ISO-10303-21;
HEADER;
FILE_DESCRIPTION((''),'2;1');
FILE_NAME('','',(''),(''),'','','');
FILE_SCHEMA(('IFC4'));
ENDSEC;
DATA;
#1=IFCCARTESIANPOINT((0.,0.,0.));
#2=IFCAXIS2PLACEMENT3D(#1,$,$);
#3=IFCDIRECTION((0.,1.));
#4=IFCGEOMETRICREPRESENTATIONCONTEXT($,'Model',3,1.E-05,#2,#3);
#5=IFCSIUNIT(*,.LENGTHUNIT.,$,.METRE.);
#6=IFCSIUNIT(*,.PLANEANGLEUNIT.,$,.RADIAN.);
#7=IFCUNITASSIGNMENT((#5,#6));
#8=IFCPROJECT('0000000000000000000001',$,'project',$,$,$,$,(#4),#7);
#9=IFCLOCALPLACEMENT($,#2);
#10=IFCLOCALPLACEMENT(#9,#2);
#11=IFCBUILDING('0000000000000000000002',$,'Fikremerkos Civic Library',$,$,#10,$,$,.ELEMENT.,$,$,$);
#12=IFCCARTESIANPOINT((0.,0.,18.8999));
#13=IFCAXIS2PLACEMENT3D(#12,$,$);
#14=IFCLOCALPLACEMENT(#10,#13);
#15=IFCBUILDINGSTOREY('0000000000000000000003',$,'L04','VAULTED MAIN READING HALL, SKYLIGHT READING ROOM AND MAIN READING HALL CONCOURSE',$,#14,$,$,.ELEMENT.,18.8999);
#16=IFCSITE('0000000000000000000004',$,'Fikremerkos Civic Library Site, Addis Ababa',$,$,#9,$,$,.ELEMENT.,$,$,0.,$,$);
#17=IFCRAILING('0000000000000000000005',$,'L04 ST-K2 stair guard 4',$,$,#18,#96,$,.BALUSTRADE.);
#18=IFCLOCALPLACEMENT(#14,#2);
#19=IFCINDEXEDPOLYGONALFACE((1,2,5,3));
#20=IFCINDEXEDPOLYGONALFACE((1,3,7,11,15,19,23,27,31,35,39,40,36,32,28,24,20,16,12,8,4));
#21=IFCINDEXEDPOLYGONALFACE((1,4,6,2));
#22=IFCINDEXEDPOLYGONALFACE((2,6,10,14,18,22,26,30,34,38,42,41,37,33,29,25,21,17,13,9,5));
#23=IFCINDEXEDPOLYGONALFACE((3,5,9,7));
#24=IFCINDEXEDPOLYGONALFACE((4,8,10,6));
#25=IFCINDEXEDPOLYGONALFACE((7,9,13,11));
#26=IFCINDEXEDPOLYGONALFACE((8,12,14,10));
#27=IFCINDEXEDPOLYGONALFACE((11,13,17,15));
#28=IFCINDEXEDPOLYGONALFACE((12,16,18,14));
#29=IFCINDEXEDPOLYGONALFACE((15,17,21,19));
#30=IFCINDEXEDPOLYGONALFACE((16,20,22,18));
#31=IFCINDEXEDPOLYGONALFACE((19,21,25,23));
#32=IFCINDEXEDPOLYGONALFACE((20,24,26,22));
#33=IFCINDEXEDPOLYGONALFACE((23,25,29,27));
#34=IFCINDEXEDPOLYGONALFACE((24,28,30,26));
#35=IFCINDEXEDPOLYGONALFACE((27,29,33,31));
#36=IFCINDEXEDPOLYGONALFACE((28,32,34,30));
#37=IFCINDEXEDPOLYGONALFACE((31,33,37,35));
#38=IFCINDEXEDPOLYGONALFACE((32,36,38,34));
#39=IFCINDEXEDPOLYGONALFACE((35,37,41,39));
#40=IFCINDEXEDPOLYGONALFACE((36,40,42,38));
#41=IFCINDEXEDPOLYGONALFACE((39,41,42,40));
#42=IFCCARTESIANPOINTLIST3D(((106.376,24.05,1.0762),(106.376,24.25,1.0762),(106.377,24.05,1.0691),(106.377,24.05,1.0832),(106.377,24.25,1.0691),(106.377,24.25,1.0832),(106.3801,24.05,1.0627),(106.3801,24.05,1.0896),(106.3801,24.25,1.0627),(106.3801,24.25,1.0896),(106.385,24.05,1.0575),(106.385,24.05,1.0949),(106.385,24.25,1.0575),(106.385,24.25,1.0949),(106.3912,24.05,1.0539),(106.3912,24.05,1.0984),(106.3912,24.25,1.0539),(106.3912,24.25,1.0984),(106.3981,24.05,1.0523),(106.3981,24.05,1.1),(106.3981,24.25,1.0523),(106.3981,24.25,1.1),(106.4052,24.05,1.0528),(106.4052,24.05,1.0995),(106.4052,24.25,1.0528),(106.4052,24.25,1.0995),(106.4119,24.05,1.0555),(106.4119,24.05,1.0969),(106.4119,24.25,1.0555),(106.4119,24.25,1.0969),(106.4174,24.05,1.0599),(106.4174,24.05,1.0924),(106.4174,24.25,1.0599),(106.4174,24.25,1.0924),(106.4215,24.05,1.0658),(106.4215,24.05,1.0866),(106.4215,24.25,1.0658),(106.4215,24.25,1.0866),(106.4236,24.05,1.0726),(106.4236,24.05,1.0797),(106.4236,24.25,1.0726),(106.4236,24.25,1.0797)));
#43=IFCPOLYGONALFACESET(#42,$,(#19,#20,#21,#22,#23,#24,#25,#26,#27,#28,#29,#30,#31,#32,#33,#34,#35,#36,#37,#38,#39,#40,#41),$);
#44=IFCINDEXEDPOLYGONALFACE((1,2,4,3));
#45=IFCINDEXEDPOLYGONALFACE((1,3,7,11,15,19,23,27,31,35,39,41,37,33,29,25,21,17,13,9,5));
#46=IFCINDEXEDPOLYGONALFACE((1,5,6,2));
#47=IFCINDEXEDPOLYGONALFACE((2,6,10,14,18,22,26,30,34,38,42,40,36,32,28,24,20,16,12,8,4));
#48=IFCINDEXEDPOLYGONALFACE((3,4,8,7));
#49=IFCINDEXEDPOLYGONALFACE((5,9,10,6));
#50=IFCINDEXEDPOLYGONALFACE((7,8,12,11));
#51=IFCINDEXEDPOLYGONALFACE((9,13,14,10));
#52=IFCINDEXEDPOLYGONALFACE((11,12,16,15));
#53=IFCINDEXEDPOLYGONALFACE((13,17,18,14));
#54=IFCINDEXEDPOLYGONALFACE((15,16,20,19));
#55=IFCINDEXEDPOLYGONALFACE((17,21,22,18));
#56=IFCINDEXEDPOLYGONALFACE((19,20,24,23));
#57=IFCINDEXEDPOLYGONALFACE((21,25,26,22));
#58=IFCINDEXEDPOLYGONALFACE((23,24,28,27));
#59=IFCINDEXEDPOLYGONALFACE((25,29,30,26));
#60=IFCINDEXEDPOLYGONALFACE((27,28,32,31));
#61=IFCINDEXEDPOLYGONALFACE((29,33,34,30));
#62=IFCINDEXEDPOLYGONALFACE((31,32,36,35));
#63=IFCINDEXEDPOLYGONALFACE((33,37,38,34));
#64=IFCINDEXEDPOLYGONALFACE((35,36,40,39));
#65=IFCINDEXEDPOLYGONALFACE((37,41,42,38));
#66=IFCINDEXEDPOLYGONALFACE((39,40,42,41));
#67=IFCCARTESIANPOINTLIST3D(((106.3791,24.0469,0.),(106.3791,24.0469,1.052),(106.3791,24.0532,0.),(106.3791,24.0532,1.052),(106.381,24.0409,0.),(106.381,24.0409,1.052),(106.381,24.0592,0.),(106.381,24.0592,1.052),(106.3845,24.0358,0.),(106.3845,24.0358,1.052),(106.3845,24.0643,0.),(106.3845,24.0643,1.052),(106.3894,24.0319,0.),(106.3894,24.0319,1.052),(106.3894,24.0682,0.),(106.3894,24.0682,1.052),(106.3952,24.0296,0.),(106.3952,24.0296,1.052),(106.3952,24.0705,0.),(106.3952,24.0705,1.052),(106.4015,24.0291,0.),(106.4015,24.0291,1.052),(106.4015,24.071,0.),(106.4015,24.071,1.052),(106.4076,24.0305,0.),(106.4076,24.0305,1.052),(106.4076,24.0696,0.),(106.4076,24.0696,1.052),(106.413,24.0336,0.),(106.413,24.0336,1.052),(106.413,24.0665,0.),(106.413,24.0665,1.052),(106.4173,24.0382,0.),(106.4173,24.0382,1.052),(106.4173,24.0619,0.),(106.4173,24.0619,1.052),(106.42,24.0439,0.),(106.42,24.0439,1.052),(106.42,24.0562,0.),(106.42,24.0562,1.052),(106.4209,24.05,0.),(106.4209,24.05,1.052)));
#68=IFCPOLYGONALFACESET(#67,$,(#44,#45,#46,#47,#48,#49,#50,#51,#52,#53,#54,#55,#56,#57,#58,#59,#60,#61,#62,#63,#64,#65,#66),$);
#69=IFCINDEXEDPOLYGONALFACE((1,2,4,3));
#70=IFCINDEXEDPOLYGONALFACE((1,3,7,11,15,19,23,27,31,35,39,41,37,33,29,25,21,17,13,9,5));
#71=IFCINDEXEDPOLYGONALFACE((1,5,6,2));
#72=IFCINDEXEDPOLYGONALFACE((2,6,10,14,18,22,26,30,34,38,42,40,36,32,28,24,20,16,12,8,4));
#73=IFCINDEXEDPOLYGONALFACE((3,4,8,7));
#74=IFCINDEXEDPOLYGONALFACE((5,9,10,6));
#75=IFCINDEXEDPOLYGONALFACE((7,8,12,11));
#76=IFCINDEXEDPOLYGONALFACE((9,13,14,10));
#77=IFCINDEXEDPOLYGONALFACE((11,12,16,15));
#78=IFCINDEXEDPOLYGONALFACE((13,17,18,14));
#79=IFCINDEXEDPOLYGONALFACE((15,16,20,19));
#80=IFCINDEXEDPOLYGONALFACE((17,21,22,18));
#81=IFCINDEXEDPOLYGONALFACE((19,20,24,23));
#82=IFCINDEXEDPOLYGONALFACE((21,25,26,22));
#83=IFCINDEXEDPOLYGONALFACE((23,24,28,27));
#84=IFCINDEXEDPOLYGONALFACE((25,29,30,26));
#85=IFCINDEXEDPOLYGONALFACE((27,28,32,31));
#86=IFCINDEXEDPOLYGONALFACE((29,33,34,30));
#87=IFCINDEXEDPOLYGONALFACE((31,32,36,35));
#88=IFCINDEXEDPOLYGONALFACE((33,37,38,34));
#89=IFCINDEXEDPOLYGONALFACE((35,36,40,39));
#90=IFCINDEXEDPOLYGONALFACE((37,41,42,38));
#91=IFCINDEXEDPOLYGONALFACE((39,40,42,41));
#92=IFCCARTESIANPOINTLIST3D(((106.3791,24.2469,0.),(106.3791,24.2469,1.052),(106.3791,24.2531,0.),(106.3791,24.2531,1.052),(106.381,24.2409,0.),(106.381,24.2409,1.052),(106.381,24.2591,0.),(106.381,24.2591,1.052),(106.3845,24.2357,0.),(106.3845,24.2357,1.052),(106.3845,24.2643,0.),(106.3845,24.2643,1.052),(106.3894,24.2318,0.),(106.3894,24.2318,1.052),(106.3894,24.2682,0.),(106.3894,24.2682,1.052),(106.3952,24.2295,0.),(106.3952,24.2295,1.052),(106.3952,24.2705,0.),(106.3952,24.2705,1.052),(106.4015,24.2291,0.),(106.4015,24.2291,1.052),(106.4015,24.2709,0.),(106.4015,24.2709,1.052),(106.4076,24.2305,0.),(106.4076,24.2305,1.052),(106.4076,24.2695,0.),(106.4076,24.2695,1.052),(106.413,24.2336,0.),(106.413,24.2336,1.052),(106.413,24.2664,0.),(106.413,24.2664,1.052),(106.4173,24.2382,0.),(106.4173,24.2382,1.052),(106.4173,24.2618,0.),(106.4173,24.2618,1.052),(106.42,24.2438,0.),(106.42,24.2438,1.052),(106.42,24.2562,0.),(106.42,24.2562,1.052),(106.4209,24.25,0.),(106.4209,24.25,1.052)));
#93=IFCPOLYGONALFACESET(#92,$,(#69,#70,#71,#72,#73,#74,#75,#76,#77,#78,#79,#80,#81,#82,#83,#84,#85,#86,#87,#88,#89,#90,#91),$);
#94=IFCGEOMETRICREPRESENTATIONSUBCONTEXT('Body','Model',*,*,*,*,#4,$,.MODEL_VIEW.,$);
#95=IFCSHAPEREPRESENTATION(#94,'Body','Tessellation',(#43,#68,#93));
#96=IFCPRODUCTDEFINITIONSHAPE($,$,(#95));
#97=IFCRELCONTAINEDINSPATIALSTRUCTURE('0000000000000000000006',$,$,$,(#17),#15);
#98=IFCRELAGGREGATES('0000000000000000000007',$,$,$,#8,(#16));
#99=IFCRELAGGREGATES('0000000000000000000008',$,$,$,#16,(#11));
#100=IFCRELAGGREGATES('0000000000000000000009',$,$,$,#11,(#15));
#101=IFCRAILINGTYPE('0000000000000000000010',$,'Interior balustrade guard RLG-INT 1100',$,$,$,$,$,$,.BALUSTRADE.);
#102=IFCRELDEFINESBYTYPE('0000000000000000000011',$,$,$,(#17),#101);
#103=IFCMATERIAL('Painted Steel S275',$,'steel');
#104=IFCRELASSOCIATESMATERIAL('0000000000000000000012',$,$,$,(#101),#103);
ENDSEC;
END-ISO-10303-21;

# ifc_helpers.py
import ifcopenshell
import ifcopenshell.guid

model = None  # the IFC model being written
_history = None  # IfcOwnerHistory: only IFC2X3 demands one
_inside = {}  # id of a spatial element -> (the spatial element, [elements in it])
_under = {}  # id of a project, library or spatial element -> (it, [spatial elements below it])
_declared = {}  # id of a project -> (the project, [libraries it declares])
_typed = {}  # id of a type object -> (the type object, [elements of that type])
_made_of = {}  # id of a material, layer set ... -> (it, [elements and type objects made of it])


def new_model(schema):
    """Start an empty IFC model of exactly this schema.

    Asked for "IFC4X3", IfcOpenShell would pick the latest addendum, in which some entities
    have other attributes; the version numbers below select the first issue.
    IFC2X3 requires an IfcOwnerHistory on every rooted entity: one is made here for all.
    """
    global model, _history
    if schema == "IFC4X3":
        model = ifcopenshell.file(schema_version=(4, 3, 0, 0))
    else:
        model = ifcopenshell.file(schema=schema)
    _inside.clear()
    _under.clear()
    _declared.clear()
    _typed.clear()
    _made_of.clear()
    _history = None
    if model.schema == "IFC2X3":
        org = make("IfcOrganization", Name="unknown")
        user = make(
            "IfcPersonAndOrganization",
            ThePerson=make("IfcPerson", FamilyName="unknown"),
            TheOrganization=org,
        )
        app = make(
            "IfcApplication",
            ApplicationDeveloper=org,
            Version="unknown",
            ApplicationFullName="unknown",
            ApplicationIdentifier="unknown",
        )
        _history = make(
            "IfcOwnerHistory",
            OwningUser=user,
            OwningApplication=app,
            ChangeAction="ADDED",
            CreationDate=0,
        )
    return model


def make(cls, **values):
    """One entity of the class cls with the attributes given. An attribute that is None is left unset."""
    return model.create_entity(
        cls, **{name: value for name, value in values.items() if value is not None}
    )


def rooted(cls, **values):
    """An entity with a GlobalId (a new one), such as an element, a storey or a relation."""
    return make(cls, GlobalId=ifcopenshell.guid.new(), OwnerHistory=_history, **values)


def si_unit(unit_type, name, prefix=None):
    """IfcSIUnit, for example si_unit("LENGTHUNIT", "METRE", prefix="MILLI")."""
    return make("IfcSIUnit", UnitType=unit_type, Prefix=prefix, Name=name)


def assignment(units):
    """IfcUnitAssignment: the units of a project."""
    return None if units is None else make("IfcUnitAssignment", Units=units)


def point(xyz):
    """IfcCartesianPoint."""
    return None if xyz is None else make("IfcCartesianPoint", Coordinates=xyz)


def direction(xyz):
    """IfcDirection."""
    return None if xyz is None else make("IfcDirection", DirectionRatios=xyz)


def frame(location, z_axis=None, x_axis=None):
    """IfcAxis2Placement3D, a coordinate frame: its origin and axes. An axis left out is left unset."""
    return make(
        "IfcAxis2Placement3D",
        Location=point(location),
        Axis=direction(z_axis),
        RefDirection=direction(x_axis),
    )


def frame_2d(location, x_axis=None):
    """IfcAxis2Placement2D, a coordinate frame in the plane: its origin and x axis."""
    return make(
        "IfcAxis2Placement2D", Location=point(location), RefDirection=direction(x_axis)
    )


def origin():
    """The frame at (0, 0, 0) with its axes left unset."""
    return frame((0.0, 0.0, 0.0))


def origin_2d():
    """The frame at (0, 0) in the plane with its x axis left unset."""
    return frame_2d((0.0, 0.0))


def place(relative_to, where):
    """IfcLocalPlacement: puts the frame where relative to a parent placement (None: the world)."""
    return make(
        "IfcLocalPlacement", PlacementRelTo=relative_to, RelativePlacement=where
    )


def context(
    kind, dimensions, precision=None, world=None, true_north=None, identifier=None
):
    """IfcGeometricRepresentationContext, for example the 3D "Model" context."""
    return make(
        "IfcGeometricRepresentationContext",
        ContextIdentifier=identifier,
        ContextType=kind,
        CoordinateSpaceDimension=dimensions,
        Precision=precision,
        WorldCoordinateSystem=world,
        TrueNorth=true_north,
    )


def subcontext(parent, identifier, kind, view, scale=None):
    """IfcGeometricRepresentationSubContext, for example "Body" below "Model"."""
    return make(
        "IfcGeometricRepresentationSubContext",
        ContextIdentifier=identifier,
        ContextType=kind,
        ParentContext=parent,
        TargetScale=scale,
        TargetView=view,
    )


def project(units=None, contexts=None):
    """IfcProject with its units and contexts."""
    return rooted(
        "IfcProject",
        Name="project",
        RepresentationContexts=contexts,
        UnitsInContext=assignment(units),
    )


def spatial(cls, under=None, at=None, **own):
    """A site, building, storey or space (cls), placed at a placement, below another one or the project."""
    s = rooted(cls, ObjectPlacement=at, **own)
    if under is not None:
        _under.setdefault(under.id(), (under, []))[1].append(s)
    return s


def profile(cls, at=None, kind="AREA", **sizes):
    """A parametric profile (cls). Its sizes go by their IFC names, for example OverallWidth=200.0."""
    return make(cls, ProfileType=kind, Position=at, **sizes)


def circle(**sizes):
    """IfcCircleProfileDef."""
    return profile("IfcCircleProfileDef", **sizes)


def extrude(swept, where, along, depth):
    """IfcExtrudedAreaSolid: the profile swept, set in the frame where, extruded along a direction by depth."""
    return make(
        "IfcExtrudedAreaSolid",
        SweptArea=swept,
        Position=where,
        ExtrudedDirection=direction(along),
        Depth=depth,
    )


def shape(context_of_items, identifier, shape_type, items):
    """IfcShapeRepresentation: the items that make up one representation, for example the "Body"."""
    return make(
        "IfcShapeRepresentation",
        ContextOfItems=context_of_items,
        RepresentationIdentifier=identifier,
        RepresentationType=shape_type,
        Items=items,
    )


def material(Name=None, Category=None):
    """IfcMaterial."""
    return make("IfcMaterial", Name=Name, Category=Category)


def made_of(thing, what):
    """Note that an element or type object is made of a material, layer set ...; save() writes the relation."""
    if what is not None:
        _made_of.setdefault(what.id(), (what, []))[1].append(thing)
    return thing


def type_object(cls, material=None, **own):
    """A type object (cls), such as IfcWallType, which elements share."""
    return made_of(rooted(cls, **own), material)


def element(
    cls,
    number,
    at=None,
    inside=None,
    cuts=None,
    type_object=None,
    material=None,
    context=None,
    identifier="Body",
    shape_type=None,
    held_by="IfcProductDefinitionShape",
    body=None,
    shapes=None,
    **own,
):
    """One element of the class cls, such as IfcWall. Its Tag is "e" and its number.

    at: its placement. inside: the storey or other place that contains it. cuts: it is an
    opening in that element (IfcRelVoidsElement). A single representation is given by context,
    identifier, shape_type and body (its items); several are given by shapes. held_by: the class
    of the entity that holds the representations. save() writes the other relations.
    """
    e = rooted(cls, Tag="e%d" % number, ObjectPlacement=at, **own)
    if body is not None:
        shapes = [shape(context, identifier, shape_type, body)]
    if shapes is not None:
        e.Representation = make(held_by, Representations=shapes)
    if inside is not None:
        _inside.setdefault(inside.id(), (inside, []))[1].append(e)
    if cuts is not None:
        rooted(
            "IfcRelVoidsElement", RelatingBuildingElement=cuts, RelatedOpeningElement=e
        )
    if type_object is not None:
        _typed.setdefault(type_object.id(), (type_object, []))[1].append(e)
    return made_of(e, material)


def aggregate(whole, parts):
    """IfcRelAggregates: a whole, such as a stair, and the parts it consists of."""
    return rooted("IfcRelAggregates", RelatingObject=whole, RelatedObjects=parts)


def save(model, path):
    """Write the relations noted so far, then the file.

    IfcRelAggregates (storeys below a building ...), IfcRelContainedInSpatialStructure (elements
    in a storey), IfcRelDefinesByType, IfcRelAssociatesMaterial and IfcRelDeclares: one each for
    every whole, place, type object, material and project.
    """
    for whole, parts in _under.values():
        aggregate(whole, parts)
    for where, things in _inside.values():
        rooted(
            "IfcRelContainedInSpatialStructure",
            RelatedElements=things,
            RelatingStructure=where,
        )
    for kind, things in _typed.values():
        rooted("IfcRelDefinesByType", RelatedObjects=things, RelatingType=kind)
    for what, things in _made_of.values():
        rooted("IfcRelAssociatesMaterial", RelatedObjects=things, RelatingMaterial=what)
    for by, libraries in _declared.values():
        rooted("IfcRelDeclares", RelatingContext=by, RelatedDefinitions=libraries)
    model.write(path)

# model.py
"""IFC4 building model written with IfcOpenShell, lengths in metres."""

from ifc_helpers import new_model, si_unit, direction, frame, origin, origin_2d, place, context, subcontext, project, spatial, circle, extrude, material, type_object, element, save


model = new_model("IFC4")

# Units and contexts
model_context = context("Model", 3, precision=1e-05, world=origin(), true_north=direction((0.0, 1.0)))
body_context = subcontext(model_context, "Body", "Model", "MODEL_VIEW")
ifc_project = project(units=[si_unit("LENGTHUNIT", "METRE"), si_unit("PLANEANGLEUNIT", "RADIAN")], contexts=[model_context])

# Site, building, storey
site_placement = place(None, origin())
site = spatial("IfcSite", under=ifc_project, at=site_placement, Name="Fikremerkos Civic Library Site, Addis Ababa", CompositionType="ELEMENT", RefElevation=0.0)
building_placement = place(site_placement, origin())
building = spatial("IfcBuilding", under=site, at=building_placement, Name="Fikremerkos Civic Library", CompositionType="ELEMENT")
storey_placement = place(building_placement, frame((0.0, 0.0, 18.8999)))
storey = spatial("IfcBuildingStorey", under=building, at=storey_placement, Name="L04", Description="VAULTED MAIN READING HALL, SKYLIGHT READING ROOM AND MAIN READING HALL CONCOURSE", CompositionType="ELEMENT", Elevation=18.8999)

# Railing
ifc_material_1 = material(Name="Painted Steel S275", Category="steel")
railing_type_1 = type_object("IfcRailingType", Name="Interior balustrade guard RLG-INT 1100", PredefinedType="BALUSTRADE", material=ifc_material_1)
railing_1_placement = place(storey_placement, frame((106.3999, 24.05, 0.0)))
element("IfcRailing", 1, at=railing_1_placement, inside=storey, type_object=railing_type_1, Name="L04 ST-K2 stair guard 4", PredefinedType="BALUSTRADE", context=body_context, shape_type="SweptSolid", body=[
    extrude(circle(Radius=0.0239, at=origin_2d()), frame((0.0, 0.0, 1.0762), z_axis=(0.0, 1.0, 0.0), x_axis=(-1.0, 0.0, 0.0)), (0.0, 0.0, 1.0), 0.2),
    extrude(circle(Radius=0.021, at=origin_2d()), origin(), (0.0, 0.0, 1.0), 1.052),
    extrude(circle(Radius=0.021, at=origin_2d()), frame((0.0, 0.2, 0.0)), (0.0, 0.0, 1.0), 1.052),
])

save(model, "model.ifc")
